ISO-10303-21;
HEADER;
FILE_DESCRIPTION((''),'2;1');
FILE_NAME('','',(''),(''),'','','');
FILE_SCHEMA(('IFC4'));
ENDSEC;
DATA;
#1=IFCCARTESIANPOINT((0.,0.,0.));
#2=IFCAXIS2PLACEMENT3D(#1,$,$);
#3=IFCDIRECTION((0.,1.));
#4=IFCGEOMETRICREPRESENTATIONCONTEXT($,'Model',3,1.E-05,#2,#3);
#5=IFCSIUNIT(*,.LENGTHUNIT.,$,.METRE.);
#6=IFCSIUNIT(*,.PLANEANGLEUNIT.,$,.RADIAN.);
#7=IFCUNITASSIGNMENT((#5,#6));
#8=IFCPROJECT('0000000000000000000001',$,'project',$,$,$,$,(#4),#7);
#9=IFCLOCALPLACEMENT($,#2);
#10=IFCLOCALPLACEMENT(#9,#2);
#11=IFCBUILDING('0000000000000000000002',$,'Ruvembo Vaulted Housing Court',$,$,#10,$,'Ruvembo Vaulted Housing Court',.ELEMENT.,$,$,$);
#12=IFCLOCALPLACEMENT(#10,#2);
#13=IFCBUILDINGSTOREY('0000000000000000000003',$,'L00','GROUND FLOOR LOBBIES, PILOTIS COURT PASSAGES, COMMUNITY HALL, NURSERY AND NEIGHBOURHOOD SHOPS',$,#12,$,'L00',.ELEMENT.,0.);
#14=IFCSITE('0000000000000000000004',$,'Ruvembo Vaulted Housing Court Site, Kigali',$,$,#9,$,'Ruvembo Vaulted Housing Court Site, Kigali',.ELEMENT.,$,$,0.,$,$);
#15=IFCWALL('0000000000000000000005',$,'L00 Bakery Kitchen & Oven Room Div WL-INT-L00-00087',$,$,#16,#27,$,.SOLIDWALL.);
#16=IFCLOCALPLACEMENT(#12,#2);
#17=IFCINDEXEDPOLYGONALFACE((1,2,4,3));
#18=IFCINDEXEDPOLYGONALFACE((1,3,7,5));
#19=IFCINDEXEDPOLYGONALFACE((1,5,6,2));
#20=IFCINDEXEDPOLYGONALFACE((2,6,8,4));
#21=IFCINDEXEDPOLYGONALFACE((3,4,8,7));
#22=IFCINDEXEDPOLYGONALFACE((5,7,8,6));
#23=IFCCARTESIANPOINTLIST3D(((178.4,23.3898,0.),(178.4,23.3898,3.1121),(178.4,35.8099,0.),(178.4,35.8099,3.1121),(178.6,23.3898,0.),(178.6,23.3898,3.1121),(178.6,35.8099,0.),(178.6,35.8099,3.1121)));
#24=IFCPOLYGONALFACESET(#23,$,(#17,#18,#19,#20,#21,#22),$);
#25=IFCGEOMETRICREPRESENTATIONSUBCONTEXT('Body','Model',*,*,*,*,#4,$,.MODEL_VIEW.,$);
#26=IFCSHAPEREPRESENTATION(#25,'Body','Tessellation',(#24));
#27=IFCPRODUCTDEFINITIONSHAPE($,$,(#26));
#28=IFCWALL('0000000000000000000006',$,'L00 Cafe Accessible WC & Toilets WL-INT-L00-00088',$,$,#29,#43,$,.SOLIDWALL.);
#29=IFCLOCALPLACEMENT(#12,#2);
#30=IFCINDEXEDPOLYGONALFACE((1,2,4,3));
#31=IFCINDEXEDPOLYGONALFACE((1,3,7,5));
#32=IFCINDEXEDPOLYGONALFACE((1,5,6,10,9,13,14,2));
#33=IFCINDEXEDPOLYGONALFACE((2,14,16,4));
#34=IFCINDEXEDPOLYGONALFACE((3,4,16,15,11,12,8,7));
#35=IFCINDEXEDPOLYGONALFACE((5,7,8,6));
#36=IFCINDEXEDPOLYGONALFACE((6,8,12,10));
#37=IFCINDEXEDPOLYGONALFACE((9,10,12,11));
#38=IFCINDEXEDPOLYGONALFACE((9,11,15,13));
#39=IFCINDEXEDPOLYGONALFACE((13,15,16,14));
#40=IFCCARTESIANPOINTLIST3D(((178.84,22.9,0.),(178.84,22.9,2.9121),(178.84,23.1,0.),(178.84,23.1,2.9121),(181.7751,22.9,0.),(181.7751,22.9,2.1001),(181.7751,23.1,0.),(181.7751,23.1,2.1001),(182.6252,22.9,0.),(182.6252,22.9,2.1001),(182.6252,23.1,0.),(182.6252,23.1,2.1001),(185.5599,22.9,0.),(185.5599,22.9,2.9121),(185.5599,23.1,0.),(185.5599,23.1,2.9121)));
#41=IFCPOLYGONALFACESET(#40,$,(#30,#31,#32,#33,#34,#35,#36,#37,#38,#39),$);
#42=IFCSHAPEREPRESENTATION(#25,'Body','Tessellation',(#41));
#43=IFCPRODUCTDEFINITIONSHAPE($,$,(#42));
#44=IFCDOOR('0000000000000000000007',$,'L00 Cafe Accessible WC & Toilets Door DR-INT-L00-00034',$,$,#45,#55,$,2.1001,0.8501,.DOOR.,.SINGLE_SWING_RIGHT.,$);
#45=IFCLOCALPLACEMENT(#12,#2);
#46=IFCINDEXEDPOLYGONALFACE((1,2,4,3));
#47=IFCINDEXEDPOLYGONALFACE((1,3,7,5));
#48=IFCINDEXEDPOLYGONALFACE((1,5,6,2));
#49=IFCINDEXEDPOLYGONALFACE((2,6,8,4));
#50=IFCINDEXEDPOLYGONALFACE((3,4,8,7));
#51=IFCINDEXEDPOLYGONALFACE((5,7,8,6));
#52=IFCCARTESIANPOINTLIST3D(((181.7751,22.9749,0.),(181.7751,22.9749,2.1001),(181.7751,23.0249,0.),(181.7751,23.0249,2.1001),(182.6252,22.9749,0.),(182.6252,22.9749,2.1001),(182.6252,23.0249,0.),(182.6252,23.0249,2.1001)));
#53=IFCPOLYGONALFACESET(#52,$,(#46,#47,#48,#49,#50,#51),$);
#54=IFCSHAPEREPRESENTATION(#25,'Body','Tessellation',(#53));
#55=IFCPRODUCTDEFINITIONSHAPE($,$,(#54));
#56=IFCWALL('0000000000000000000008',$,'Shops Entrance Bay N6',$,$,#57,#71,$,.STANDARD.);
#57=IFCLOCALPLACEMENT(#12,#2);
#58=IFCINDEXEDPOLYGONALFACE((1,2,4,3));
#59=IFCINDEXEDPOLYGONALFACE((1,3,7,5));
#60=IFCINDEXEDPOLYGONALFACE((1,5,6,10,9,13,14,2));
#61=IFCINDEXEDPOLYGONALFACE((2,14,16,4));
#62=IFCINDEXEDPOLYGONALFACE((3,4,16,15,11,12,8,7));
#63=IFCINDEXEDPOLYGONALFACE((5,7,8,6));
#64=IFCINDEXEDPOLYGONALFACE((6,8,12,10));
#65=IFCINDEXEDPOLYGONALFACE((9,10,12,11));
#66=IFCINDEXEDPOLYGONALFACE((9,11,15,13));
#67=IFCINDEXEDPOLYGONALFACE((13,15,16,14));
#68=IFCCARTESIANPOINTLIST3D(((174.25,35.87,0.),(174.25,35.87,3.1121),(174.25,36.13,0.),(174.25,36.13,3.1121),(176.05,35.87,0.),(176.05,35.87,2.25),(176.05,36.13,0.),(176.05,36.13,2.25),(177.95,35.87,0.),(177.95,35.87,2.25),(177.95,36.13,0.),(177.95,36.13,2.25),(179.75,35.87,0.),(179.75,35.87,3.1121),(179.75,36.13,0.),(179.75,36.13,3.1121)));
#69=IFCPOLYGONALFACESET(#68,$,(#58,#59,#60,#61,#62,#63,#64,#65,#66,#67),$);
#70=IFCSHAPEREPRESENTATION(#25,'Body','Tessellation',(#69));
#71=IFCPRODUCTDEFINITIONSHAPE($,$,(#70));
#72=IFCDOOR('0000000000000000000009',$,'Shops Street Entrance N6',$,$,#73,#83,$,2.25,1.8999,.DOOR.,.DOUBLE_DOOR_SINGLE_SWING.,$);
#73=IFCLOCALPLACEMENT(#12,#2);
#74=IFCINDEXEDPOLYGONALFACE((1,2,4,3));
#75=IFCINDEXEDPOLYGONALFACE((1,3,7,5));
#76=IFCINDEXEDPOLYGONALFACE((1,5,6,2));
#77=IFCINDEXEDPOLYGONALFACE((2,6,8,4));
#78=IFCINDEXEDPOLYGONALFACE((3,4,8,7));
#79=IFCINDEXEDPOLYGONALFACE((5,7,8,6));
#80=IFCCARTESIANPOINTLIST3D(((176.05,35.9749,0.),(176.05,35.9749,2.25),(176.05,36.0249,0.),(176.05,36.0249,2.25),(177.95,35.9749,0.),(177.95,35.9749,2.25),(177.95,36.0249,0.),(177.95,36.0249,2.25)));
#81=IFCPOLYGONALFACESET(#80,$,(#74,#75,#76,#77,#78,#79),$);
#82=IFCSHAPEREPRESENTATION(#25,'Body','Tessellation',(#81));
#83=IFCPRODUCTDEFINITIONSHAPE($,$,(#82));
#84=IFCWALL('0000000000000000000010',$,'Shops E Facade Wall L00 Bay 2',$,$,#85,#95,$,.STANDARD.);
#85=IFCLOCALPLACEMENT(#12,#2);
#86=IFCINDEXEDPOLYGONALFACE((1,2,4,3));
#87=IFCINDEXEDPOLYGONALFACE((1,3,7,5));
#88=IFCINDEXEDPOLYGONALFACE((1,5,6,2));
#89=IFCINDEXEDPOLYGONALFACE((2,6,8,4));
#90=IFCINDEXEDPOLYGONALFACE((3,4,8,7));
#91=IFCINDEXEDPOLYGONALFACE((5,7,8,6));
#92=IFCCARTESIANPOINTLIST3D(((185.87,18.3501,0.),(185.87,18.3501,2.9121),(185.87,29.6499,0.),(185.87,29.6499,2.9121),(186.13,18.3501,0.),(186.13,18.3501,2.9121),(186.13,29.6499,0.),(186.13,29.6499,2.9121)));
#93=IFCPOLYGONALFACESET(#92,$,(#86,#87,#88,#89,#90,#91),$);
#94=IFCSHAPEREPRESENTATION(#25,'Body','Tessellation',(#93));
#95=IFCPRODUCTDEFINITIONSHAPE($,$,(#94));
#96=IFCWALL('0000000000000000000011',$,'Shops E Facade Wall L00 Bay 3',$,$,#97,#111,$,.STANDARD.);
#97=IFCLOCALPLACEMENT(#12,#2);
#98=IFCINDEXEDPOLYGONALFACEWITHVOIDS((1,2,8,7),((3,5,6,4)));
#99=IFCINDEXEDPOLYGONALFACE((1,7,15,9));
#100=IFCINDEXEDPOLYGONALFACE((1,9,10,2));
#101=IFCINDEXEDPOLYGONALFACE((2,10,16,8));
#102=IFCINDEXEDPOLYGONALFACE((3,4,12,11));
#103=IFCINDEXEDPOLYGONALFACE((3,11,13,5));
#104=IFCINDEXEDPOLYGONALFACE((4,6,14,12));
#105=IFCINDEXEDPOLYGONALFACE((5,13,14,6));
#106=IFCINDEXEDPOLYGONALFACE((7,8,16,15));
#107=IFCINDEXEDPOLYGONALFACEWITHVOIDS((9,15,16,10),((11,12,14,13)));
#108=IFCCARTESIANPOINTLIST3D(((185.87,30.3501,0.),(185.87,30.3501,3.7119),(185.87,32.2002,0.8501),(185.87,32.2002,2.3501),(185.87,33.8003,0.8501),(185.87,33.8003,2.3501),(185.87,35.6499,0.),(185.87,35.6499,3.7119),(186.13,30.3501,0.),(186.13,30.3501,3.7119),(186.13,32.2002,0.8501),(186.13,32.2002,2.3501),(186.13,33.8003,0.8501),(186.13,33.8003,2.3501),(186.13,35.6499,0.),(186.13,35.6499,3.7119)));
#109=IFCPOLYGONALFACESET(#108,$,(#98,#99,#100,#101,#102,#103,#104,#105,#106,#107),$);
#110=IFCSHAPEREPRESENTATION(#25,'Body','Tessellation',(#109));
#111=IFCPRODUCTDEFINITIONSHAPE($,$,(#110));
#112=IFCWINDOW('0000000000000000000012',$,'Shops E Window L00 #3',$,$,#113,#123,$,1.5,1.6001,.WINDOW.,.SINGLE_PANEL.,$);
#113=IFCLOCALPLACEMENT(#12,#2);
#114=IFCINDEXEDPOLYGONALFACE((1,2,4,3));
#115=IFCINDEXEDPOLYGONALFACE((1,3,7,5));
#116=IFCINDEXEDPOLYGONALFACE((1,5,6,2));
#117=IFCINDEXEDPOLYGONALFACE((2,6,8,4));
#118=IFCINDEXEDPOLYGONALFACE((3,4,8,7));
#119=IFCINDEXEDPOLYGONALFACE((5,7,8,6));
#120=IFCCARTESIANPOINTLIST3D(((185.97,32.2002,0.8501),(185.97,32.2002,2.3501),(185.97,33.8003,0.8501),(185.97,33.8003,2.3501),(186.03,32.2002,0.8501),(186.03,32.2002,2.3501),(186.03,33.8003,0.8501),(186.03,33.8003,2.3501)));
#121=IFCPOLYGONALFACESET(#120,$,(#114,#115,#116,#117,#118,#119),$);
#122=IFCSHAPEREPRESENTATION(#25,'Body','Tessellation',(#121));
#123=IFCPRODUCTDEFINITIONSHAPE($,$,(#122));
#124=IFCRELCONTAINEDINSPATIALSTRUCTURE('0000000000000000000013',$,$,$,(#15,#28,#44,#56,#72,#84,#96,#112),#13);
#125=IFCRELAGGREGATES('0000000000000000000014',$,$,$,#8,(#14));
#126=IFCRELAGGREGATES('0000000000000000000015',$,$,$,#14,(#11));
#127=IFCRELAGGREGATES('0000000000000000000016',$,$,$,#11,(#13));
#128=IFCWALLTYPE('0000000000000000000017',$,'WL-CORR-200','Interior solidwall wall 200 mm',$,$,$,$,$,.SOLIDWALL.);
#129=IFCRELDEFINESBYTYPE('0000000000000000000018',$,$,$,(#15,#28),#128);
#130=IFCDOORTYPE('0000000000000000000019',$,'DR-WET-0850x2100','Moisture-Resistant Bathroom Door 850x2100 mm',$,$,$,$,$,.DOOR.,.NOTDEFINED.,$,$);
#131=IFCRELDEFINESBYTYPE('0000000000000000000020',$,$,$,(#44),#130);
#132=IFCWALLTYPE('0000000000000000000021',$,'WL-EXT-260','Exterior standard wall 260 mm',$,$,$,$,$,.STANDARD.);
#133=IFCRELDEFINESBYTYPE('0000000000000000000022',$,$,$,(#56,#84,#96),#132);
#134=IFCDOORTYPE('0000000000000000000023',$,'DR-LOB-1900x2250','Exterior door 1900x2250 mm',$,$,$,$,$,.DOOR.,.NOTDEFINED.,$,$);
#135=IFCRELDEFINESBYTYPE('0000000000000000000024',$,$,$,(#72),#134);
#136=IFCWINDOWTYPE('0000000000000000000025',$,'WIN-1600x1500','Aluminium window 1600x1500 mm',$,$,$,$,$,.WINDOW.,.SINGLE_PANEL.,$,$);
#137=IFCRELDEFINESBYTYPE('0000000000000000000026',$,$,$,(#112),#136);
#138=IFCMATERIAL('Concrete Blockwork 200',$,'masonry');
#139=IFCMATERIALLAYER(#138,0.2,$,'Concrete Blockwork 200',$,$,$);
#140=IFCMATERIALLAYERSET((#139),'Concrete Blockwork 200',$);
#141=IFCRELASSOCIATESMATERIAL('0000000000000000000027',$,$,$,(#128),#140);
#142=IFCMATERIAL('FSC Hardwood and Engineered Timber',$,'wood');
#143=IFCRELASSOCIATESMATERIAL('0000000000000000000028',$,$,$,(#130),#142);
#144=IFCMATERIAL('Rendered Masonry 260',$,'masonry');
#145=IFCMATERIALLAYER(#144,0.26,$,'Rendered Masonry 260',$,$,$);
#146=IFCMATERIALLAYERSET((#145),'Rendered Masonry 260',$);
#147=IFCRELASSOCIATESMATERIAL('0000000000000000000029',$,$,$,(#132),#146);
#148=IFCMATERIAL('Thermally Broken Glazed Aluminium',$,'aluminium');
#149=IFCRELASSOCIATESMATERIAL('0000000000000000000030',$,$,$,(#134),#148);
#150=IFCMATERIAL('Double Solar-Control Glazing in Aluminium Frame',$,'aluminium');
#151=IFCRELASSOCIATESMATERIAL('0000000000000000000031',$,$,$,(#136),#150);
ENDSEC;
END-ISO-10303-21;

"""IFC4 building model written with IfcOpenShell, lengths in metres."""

from ifc_helpers import new_model, si_unit, direction, frame, frame_2d, origin, place, context, subcontext, project, spatial, rectangle, extrude, material, layer, layer_set, type_object, element, fill, save


model = new_model("IFC4")

# Units and contexts
model_context = context("Model", 3, precision=1e-05, world=origin(), true_north=direction((0.0, 1.0)))
body_context = subcontext(model_context, "Body", "Model", "MODEL_VIEW")
ifc_project = project(units=[si_unit("LENGTHUNIT", "METRE"), si_unit("PLANEANGLEUNIT", "RADIAN")], contexts=[model_context])

# Site, building, storey
site_placement = place(None, origin())
site = spatial("IfcSite", under=ifc_project, at=site_placement, Name="Ruvembo Vaulted Housing Court Site, Kigali", LongName="Ruvembo Vaulted Housing Court Site, Kigali", CompositionType="ELEMENT", RefElevation=0.0)
building_placement = place(site_placement, origin())
building = spatial("IfcBuilding", under=site, at=building_placement, Name="Ruvembo Vaulted Housing Court", LongName="Ruvembo Vaulted Housing Court", CompositionType="ELEMENT")
storey_placement = place(building_placement, origin())
storey = spatial("IfcBuildingStorey", under=building, at=storey_placement, Name="L00", Description="GROUND FLOOR LOBBIES, PILOTIS COURT PASSAGES, COMMUNITY HALL, NURSERY AND NEIGHBOURHOOD SHOPS", LongName="L00", CompositionType="ELEMENT", Elevation=0.0)

# Wall
ifc_material_1 = material(Name="Concrete Blockwork 200", Category="masonry")
ifc_layer_1 = layer(ifc_material_1, 0.2, Name="Concrete Blockwork 200")
ifc_layer_set_1 = layer_set([ifc_layer_1], Name="Concrete Blockwork 200")
wall_type_1 = type_object("IfcWallType", Name="WL-CORR-200", Description="Interior solidwall wall 200 mm", PredefinedType="SOLIDWALL", material=ifc_layer_set_1)
wall_1_placement = place(storey_placement, frame((178.5, 23.3899, 0.0), z_axis=(0.0, 0.0, 1.0), x_axis=(0.0, 1.0, 0.0)))
element("IfcWall", 1, at=wall_1_placement, inside=storey, type_object=wall_type_1, Name="L00 Bakery Kitchen & Oven Room Div WL-INT-L00-00087", PredefinedType="SOLIDWALL", context=body_context, shape_type="SweptSolid", body=[
    extrude(rectangle(XDim=12.4202, YDim=0.2, at=frame_2d((6.21, 0.0))), origin(), (0.0, 0.0, 1.0), 3.1121),
])

# Walls, openings, doors
wall_2_placement = place(storey_placement, frame((178.8401, 23.0, 0.0), z_axis=(0.0, 0.0, 1.0), x_axis=(1.0, 0.0, 0.0)))
wall_2 = element("IfcWall", 2, at=wall_2_placement, inside=storey, type_object=wall_type_1, Name="L00 Cafe Accessible WC & Toilets WL-INT-L00-00088", PredefinedType="SOLIDWALL", context=body_context, shape_type="SweptSolid", body=[
    extrude(rectangle(XDim=6.72, YDim=0.2, at=frame_2d((3.3599, 0.0))), origin(), (0.0, 0.0, 1.0), 2.9121),
])
opening_1_placement = place(wall_2_placement, frame((2.9351, 0.0, 0.0)))
opening_1 = element("IfcOpeningElement", 3, at=opening_1_placement, cuts=wall_2, PredefinedType="OPENING", context=body_context, shape_type="SweptSolid", body=[
    extrude(rectangle(XDim=0.8501, YDim=2.1001, at=frame_2d((0.425, 1.05))), frame((0.0, 0.1099, 0.0), z_axis=(0.0, -1.0, 0.0), x_axis=(1.0, 0.0, 0.0)), (0.0, 0.0, 1.0), 0.22),
])
ifc_material_2 = material(Name="FSC Hardwood and Engineered Timber", Category="wood")
door_type_1 = type_object("IfcDoorType", Name="DR-WET-0850x2100", Description="Moisture-Resistant Bathroom Door 850x2100 mm", OperationType="NOTDEFINED", PredefinedType="DOOR", material=ifc_material_2)
door_1_placement = place(opening_1_placement, origin())
door_1 = element("IfcDoor", 4, at=door_1_placement, inside=storey, type_object=door_type_1, Name="L00 Cafe Accessible WC & Toilets Door DR-INT-L00-00034", OperationType="SINGLE_SWING_RIGHT", OverallHeight=2.1001, OverallWidth=0.8501, PredefinedType="DOOR", context=body_context, shape_type="SweptSolid", body=[
    extrude(rectangle(XDim=0.8501, YDim=2.1001, at=frame_2d((0.425, 1.05))), frame((0.0, 0.0249, 0.0), z_axis=(0.0, -1.0, 0.0), x_axis=(1.0, 0.0, 0.0)), (0.0, 0.0, 1.0), 0.05),
])
fill(opening_1, door_1)
ifc_material_3 = material(Name="Rendered Masonry 260", Category="masonry")
ifc_layer_2 = layer(ifc_material_3, 0.26, Name="Rendered Masonry 260")
ifc_layer_set_2 = layer_set([ifc_layer_2], Name="Rendered Masonry 260")
wall_type_2 = type_object("IfcWallType", Name="WL-EXT-260", Description="Exterior standard wall 260 mm", PredefinedType="STANDARD", material=ifc_layer_set_2)
wall_3_placement = place(storey_placement, frame((179.75, 36.0, 0.0), z_axis=(0.0, 0.0, 1.0), x_axis=(-1.0, 0.0, 0.0)))
wall_3 = element("IfcWall", 5, at=wall_3_placement, inside=storey, type_object=wall_type_2, Name="Shops Entrance Bay N6", PredefinedType="STANDARD", context=body_context, shape_type="SweptSolid", body=[
    extrude(rectangle(XDim=5.5, YDim=0.26, at=frame_2d((2.75, 0.0))), origin(), (0.0, 0.0, 1.0), 3.1121),
])
opening_2_placement = place(wall_3_placement, frame((1.8, 0.0, 0.0)))
opening_2 = element("IfcOpeningElement", 6, at=opening_2_placement, cuts=wall_3, PredefinedType="OPENING", context=body_context, shape_type="SweptSolid", body=[
    extrude(rectangle(XDim=1.8999, YDim=2.25, at=frame_2d((0.95, 1.125))), frame((0.0, 0.1399, 0.0), z_axis=(0.0, -1.0, 0.0), x_axis=(1.0, 0.0, 0.0)), (0.0, 0.0, 1.0), 0.28),
])
ifc_material_4 = material(Name="Thermally Broken Glazed Aluminium", Category="aluminium")
door_type_2 = type_object("IfcDoorType", Name="DR-LOB-1900x2250", Description="Exterior door 1900x2250 mm", OperationType="NOTDEFINED", PredefinedType="DOOR", material=ifc_material_4)
door_2_placement = place(opening_2_placement, frame((1.8999, 0.0, 0.0), z_axis=(0.0, 0.0, 1.0), x_axis=(-1.0, 0.0, 0.0)))
door_2 = element("IfcDoor", 7, at=door_2_placement, inside=storey, type_object=door_type_2, Name="Shops Street Entrance N6", OperationType="DOUBLE_DOOR_SINGLE_SWING", OverallHeight=2.25, OverallWidth=1.8999, PredefinedType="DOOR", context=body_context, shape_type="SweptSolid", body=[
    extrude(rectangle(XDim=1.8999, YDim=2.25, at=frame_2d((0.95, 1.125))), frame((0.0, 0.0249, 0.0), z_axis=(0.0, -1.0, 0.0), x_axis=(1.0, 0.0, 0.0)), (0.0, 0.0, 1.0), 0.05),
])
fill(opening_2, door_2)

# Wall
wall_4_placement = place(storey_placement, frame((186.0, 18.3501, 0.0), z_axis=(0.0, 0.0, 1.0), x_axis=(0.0, 1.0, 0.0)))
element("IfcWall", 8, at=wall_4_placement, inside=storey, type_object=wall_type_2, Name="Shops E Facade Wall L00 Bay 2", PredefinedType="STANDARD", context=body_context, shape_type="SweptSolid", body=[
    extrude(rectangle(XDim=11.2998, YDim=0.26, at=frame_2d((5.6499, 0.0))), origin(), (0.0, 0.0, 1.0), 2.9121),
])

# Wall, opening, window
wall_5_placement = place(storey_placement, frame((186.0, 30.3501, 0.0), z_axis=(0.0, 0.0, 1.0), x_axis=(0.0, 1.0, 0.0)))
wall_5 = element("IfcWall", 9, at=wall_5_placement, inside=storey, type_object=wall_type_2, Name="Shops E Facade Wall L00 Bay 3", PredefinedType="STANDARD", context=body_context, shape_type="SweptSolid", body=[
    extrude(rectangle(XDim=5.2998, YDim=0.26, at=frame_2d((2.6499, 0.0))), origin(), (0.0, 0.0, 1.0), 3.7119),
])
opening_3_placement = place(wall_5_placement, frame((1.8501, 0.0, 0.8501)))
opening_3 = element("IfcOpeningElement", 10, at=opening_3_placement, cuts=wall_5, PredefinedType="OPENING", context=body_context, shape_type="SweptSolid", body=[
    extrude(rectangle(XDim=1.6001, YDim=1.5, at=frame_2d((0.8, 0.75))), frame((0.0, 0.1399, 0.0), z_axis=(0.0, -1.0, 0.0), x_axis=(1.0, 0.0, 0.0)), (0.0, 0.0, 1.0), 0.28),
])
ifc_material_5 = material(Name="Double Solar-Control Glazing in Aluminium Frame", Category="aluminium")
window_type = type_object("IfcWindowType", Name="WIN-1600x1500", Description="Aluminium window 1600x1500 mm", PartitioningType="SINGLE_PANEL", PredefinedType="WINDOW", material=ifc_material_5)
window_placement = place(opening_3_placement, origin())
window = element("IfcWindow", 11, at=window_placement, inside=storey, type_object=window_type, Name="Shops E Window L00 #3", OverallHeight=1.5, OverallWidth=1.6001, PartitioningType="SINGLE_PANEL", PredefinedType="WINDOW", context=body_context, shape_type="SweptSolid", body=[
    extrude(rectangle(XDim=1.6001, YDim=1.5, at=frame_2d((0.8, 0.75))), frame((0.0, 0.03, 0.0), z_axis=(0.0, -1.0, 0.0), x_axis=(1.0, 0.0, 0.0)), (0.0, 0.0, 1.0), 0.0601),
])
fill(opening_3, window)

save(model, "model.ifc")
